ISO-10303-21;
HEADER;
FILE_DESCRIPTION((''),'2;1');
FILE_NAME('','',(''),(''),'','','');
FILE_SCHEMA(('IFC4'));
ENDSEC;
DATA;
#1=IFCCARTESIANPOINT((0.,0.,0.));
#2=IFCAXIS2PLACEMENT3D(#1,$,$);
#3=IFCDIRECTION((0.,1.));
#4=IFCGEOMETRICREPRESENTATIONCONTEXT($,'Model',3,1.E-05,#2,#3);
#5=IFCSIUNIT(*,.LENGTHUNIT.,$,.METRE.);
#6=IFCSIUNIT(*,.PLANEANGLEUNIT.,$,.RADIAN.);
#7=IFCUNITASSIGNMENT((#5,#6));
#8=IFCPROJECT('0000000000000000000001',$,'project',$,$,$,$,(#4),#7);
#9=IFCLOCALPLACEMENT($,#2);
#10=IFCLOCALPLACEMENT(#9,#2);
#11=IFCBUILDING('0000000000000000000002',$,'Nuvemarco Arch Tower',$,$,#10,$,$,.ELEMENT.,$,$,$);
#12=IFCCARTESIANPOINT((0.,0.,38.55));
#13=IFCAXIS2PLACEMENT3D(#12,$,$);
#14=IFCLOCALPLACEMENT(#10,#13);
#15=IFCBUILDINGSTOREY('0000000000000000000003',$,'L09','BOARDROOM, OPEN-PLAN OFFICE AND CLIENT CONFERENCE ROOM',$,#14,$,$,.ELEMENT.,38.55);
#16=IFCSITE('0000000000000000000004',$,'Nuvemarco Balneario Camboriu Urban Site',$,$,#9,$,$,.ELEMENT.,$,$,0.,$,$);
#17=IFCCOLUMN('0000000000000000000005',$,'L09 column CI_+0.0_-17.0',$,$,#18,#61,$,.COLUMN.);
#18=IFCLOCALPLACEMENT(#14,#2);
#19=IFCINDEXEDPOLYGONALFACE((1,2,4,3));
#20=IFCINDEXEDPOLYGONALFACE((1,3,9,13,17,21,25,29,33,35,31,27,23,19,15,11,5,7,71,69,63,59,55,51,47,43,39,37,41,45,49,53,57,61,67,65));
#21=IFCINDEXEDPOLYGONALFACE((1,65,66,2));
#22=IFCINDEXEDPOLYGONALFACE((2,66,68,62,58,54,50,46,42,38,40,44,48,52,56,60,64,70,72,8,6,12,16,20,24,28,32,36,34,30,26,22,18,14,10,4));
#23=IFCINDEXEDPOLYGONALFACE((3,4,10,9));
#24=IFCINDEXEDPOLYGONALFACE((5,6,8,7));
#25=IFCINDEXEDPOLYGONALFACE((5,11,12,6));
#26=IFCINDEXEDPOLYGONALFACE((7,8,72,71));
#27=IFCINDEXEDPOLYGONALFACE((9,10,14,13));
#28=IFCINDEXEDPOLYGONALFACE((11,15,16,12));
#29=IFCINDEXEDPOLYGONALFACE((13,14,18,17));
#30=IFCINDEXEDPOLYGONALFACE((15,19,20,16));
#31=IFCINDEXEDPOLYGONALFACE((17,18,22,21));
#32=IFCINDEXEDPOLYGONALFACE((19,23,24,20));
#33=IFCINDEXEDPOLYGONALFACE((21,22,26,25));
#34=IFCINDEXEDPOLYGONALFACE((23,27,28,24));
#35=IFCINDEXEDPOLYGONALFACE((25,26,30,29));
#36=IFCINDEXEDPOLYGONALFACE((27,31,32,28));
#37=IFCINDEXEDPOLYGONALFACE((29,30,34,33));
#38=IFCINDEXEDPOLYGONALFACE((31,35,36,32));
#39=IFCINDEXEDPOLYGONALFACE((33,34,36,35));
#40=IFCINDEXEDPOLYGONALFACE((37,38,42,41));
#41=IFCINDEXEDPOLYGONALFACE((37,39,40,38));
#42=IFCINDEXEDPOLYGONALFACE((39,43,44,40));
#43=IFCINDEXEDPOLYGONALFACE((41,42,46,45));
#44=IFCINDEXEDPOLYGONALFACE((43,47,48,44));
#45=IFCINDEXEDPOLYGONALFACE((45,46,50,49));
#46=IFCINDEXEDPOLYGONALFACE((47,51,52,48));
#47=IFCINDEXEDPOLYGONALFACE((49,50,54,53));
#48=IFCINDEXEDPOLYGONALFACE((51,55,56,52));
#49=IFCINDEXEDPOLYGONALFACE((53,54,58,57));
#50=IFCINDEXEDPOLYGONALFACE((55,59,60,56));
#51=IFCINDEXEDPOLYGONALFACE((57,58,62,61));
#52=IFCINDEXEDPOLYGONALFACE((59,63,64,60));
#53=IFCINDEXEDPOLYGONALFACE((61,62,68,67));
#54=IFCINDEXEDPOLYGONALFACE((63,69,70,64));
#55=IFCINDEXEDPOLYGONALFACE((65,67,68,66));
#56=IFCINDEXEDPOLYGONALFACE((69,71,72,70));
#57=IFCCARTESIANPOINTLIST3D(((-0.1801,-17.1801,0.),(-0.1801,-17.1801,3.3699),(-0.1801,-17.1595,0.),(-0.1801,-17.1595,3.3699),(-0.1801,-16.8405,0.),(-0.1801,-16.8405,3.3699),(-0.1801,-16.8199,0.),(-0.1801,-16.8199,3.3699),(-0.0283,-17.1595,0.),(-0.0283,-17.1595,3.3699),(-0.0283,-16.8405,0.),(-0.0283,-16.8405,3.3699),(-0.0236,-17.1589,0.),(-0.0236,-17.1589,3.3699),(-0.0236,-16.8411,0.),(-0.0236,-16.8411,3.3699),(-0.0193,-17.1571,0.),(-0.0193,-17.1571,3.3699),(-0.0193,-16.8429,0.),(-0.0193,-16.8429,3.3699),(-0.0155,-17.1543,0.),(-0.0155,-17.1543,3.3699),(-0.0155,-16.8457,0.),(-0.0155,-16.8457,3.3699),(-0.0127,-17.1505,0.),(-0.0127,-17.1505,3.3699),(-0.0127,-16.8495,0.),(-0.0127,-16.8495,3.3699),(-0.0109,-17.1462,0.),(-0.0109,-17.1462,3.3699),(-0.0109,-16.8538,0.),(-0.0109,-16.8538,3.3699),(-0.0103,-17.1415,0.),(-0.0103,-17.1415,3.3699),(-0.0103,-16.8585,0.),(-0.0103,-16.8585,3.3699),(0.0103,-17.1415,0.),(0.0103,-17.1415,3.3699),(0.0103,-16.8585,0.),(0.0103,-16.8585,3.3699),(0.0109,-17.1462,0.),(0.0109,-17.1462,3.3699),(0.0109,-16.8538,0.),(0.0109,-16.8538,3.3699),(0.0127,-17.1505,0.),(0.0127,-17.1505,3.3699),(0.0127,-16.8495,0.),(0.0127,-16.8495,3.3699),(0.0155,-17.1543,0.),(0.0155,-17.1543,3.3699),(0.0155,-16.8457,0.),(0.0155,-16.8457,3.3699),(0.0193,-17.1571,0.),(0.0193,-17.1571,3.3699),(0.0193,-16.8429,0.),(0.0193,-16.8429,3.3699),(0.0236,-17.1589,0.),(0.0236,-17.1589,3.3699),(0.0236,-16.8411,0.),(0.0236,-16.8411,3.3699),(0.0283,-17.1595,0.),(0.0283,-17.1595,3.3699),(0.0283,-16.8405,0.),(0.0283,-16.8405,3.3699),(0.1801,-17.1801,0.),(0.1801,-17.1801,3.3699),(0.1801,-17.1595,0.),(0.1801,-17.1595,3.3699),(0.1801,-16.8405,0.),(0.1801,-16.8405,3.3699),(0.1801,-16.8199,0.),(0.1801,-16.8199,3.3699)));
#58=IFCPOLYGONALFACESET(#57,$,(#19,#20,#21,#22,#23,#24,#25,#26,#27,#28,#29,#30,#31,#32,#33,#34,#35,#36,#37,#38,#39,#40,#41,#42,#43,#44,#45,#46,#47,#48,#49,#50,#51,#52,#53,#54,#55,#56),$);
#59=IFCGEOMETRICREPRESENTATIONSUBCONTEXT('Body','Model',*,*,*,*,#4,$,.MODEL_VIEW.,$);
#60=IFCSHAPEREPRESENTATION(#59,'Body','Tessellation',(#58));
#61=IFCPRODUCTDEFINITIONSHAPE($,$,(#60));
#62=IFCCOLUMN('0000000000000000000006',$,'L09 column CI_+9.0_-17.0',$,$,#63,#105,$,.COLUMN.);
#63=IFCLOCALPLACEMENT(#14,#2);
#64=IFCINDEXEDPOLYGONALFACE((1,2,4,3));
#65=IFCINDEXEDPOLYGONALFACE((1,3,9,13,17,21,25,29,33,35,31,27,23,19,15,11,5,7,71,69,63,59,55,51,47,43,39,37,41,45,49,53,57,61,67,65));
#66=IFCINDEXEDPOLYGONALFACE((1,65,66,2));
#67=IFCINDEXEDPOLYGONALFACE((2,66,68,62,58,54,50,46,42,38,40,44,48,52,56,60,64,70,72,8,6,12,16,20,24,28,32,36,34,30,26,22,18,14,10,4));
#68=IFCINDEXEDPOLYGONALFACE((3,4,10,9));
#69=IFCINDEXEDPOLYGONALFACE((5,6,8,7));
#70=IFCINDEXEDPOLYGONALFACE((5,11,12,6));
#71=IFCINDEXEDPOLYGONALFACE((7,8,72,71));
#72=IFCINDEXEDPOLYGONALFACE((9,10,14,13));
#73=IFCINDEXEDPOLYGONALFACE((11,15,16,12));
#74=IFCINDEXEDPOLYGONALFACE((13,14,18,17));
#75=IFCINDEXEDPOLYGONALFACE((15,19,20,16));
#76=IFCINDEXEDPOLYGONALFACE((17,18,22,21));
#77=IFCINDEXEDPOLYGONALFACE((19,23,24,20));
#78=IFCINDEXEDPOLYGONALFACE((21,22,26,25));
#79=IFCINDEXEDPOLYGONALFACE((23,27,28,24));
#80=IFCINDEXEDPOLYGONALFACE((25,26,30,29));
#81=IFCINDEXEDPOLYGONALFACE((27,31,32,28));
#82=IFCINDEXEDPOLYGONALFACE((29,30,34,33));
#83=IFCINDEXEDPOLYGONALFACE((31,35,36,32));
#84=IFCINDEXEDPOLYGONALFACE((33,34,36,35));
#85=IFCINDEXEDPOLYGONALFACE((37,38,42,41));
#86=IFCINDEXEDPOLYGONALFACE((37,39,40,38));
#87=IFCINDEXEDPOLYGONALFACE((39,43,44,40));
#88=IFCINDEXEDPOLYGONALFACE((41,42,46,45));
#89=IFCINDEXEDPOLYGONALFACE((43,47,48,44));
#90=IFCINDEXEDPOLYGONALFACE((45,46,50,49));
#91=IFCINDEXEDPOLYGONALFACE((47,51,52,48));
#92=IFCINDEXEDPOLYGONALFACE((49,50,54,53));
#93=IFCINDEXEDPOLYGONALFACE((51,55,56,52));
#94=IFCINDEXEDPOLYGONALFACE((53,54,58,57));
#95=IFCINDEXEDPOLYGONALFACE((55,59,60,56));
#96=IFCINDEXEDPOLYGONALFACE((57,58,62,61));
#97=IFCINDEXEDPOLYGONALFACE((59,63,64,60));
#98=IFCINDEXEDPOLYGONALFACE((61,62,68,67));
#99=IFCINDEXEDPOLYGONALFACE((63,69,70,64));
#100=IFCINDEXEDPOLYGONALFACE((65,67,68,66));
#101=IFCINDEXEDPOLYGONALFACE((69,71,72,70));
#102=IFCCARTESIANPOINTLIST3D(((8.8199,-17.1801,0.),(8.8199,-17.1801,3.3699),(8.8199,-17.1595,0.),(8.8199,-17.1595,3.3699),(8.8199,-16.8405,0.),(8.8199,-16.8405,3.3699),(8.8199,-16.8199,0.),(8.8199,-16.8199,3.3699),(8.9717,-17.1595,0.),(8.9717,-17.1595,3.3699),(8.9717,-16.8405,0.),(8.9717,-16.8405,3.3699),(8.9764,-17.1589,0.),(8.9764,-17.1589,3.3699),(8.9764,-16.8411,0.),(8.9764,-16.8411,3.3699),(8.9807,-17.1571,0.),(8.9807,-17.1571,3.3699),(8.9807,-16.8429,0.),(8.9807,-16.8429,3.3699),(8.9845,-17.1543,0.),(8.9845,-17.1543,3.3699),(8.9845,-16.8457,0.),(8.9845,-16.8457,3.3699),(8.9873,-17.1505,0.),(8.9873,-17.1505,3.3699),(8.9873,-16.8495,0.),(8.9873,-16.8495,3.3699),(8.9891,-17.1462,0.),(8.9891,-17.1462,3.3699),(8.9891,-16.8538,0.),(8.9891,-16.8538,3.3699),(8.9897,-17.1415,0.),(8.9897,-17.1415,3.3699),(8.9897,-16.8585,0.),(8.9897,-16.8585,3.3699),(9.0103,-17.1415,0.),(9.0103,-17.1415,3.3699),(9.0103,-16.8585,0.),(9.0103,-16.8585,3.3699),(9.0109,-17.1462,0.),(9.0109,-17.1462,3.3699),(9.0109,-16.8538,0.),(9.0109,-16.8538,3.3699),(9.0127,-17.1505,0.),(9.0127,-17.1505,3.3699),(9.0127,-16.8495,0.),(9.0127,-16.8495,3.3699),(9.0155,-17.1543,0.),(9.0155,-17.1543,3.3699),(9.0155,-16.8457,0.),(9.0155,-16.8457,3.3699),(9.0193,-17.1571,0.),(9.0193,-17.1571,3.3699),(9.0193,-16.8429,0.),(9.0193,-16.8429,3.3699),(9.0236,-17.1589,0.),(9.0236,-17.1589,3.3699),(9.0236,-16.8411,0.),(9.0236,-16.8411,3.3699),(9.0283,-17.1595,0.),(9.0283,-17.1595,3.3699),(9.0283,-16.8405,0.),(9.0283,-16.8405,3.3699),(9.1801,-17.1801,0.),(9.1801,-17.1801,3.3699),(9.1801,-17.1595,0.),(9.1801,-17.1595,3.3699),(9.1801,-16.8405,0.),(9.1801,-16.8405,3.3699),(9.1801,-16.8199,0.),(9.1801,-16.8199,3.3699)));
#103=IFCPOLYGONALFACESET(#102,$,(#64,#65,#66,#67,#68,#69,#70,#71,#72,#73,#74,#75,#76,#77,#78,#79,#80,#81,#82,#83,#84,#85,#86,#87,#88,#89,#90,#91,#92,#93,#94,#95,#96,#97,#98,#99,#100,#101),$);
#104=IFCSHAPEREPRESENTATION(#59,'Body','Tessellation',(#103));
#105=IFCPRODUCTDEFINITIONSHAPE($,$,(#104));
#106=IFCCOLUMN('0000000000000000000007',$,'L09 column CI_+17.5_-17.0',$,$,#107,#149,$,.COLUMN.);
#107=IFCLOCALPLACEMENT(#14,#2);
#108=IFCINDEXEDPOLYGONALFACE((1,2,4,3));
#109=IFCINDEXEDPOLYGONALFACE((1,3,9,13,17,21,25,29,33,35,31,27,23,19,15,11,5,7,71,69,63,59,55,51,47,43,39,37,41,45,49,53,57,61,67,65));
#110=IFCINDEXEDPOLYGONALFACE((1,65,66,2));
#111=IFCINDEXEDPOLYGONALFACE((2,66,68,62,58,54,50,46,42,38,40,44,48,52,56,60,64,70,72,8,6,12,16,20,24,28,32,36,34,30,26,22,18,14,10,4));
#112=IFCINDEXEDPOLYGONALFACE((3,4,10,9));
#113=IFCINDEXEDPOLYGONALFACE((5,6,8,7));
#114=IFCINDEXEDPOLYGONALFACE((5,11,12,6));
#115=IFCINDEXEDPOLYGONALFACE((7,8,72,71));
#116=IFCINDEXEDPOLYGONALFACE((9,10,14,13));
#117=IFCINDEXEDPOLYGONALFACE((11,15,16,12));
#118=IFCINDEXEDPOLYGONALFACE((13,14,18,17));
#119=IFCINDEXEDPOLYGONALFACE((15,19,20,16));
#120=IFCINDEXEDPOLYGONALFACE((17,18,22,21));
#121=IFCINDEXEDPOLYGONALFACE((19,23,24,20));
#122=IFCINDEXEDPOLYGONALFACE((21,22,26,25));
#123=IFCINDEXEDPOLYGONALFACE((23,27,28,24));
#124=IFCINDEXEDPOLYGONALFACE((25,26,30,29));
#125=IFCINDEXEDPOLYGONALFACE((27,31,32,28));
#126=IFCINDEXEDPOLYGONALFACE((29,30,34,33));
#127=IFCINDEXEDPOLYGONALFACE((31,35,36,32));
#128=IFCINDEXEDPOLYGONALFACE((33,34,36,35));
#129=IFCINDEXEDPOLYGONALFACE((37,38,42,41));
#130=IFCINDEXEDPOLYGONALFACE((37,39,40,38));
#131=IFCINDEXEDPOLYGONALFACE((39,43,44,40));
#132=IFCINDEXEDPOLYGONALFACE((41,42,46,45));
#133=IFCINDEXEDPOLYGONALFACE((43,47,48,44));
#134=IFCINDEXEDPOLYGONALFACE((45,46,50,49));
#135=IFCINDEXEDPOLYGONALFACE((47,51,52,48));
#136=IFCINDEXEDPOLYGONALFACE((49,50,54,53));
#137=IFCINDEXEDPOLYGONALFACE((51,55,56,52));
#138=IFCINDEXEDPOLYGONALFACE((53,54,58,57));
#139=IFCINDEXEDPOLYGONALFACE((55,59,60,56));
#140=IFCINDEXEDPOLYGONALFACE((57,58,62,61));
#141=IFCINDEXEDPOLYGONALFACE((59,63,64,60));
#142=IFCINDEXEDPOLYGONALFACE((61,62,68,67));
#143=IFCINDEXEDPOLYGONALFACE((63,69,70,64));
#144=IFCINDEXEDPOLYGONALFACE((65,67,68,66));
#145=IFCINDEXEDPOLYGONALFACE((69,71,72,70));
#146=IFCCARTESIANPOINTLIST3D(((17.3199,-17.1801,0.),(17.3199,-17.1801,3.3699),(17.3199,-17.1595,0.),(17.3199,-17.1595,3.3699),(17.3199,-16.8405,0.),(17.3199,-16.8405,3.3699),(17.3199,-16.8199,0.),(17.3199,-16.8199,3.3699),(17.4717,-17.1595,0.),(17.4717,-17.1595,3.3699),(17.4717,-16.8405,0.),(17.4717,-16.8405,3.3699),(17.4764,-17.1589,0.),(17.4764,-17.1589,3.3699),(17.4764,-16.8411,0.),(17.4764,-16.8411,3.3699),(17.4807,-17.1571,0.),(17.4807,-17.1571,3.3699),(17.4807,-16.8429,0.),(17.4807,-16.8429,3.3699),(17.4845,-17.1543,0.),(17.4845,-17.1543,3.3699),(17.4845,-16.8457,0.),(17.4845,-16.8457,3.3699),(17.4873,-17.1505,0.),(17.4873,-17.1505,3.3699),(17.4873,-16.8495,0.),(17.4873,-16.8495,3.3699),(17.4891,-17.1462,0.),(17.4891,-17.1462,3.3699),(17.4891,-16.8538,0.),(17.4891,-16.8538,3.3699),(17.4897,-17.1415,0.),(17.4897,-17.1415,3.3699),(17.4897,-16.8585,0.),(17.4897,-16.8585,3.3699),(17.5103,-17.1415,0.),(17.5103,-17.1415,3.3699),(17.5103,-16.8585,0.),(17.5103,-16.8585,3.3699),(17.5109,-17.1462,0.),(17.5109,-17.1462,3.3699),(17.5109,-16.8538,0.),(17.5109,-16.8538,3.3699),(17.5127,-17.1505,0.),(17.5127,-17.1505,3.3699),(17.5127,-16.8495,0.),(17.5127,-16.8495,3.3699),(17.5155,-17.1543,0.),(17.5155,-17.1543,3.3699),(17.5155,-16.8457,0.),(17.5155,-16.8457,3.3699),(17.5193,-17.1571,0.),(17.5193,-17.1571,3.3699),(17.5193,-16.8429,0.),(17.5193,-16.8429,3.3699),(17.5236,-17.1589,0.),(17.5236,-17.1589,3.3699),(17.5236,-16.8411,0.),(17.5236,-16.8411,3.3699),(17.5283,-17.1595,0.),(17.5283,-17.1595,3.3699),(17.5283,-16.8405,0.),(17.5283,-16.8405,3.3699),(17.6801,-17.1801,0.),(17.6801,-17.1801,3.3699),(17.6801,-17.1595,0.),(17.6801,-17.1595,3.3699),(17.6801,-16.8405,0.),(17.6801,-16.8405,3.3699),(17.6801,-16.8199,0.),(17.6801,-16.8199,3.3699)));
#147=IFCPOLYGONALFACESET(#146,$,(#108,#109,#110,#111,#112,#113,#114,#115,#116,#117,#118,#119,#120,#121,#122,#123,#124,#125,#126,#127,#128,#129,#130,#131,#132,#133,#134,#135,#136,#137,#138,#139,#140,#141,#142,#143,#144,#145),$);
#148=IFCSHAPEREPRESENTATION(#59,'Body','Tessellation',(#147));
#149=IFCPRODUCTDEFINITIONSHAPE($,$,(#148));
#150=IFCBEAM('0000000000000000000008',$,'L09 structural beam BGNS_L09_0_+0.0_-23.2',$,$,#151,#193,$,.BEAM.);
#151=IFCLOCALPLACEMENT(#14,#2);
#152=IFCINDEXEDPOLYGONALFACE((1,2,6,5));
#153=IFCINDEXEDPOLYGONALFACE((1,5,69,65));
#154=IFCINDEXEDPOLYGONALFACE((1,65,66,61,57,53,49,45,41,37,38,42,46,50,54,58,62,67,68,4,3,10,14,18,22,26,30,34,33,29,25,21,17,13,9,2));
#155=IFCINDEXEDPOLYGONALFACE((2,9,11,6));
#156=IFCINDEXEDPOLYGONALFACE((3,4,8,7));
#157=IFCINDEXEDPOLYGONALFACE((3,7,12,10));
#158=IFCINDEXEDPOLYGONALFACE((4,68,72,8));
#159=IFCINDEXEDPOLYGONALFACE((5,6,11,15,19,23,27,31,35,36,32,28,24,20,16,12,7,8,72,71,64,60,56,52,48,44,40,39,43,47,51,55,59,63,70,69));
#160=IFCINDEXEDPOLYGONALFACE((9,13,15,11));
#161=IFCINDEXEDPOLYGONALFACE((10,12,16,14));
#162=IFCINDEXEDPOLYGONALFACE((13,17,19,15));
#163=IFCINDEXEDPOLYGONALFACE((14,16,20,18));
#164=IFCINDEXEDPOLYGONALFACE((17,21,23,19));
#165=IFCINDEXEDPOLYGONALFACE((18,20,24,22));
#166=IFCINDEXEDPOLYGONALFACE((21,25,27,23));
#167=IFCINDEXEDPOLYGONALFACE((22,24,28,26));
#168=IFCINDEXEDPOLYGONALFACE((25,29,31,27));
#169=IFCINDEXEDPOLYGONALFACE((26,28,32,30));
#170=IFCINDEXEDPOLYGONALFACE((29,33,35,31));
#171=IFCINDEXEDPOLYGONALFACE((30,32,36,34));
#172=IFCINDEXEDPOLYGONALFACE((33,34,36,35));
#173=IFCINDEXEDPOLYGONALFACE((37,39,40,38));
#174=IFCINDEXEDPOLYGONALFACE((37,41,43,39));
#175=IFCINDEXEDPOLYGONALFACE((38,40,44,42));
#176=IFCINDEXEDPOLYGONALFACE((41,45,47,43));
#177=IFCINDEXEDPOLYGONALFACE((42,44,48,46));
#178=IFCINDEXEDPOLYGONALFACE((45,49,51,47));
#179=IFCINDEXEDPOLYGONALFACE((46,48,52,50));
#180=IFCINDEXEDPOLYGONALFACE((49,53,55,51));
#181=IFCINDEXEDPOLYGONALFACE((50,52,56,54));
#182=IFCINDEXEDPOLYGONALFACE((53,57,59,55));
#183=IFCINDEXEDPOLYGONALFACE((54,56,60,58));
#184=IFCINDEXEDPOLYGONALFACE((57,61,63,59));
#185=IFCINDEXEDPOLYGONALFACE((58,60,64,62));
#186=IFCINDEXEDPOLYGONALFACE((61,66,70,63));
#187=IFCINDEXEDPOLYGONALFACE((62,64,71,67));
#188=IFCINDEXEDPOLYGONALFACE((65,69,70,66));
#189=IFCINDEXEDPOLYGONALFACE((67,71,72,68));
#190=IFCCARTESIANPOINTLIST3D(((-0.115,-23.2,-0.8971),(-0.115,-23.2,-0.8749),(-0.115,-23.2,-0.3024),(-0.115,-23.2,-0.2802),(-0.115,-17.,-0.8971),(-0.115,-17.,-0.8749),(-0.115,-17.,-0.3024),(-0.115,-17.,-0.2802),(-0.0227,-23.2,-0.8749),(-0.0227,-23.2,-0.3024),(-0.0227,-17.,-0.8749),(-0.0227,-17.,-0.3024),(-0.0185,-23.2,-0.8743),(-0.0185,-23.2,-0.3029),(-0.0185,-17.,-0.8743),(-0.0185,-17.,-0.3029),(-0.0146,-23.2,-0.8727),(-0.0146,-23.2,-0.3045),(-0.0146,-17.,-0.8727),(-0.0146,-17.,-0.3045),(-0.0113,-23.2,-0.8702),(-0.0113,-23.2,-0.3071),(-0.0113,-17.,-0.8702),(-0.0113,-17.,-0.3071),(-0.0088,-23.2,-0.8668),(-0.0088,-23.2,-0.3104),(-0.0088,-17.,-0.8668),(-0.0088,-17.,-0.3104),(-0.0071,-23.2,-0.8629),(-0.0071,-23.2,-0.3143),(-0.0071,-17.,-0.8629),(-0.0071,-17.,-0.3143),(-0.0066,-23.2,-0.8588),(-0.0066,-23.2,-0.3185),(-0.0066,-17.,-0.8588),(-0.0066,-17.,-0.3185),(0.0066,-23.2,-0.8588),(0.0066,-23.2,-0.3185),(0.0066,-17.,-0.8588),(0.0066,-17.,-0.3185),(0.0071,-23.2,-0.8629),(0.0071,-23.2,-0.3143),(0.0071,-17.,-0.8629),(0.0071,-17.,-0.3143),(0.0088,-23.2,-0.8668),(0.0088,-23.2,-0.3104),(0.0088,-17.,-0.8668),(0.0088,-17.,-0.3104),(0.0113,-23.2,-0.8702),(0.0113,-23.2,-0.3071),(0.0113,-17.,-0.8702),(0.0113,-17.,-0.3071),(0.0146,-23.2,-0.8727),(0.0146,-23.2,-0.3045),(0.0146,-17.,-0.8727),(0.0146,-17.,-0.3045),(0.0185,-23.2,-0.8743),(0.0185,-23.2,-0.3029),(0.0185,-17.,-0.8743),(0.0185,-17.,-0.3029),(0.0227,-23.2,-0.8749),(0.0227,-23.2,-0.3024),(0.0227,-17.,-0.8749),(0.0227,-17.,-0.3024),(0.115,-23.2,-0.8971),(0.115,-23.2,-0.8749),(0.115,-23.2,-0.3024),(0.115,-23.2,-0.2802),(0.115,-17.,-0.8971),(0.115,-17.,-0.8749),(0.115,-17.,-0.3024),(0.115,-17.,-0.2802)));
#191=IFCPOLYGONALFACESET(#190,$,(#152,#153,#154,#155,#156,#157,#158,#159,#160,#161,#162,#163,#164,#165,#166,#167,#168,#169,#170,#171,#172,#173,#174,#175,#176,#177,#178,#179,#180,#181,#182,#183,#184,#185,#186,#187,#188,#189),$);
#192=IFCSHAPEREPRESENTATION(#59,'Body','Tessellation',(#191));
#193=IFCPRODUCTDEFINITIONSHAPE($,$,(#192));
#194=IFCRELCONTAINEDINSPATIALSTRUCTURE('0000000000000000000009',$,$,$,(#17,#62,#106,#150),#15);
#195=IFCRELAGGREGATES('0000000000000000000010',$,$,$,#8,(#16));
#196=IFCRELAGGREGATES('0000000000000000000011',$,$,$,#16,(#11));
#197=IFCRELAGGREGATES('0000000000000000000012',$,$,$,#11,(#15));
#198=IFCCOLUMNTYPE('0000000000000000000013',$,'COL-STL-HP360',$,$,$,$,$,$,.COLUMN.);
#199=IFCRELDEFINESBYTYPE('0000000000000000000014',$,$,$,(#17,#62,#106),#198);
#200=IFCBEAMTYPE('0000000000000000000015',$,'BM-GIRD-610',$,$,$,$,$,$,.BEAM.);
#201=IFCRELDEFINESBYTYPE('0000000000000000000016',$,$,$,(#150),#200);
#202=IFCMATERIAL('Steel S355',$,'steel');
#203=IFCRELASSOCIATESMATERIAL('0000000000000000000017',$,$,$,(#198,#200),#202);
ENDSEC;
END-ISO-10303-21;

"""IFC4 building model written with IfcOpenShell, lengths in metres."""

from ifc_helpers import new_model, si_unit, direction, frame, origin, origin_2d, place, context, subcontext, project, spatial, i_section, extrude, material, material_profile, profile_set, type_object, element, save


model = new_model("IFC4")

# Units and contexts
model_context = context("Model", 3, precision=1e-05, world=origin(), true_north=direction((0.0, 1.0)))
body_context = subcontext(model_context, "Body", "Model", "MODEL_VIEW")
ifc_project = project(units=[si_unit("LENGTHUNIT", "METRE"), si_unit("PLANEANGLEUNIT", "RADIAN")], contexts=[model_context])

# Site, building, storey
site_placement = place(None, origin())
site = spatial("IfcSite", under=ifc_project, at=site_placement, Name="Nuvemarco Balneario Camboriu Urban Site", CompositionType="ELEMENT", RefElevation=0.0)
building_placement = place(site_placement, origin())
building = spatial("IfcBuilding", under=site, at=building_placement, Name="Nuvemarco Arch Tower", CompositionType="ELEMENT")
storey_placement = place(building_placement, frame((0.0, 0.0, 38.55)))
storey = spatial("IfcBuildingStorey", under=building, at=storey_placement, Name="L09", Description="BOARDROOM, OPEN-PLAN OFFICE AND CLIENT CONFERENCE ROOM", CompositionType="ELEMENT", Elevation=38.55)

# Columns
ifc_material_1 = material(Name="Steel S355", Category="steel")
ifc_material_profile_1 = material_profile(ifc_material_1, i_section(OverallWidth=0.3601, OverallDepth=0.3601, WebThickness=0.0205, FlangeThickness=0.0205, FilletRadius=0.0181, at=origin_2d()), Name="HP360x174")
ifc_profile_set_1 = profile_set([ifc_material_profile_1], Name="Steel S355")
column_type_1 = type_object("IfcColumnType", Name="COL-STL-HP360", PredefinedType="COLUMN", material=ifc_profile_set_1)
for number, where, z_axis, x_axis, name in (
    (1, (0.0, -17.0, 0.0), (0.0, 0.0, 1.0), (1.0, 0.0, 0.0), "L09 column CI_+0.0_-17.0"),
    (2, (9.0, -17.0, 0.0), (0.0, 0.0, 1.0), (1.0, 0.0, 0.0), "L09 column CI_+9.0_-17.0"),
    (3, (17.5, -17.0, 0.0), (0.0, 0.0, 1.0), (1.0, 0.0, 0.0), "L09 column CI_+17.5_-17.0"),
):
    element("IfcColumn", number, at=place(storey_placement, frame(where, z_axis=z_axis, x_axis=x_axis)), inside=storey, type_object=column_type_1, Name=name, PredefinedType="COLUMN", context=body_context, shape_type="SweptSolid", body=[
        extrude(i_section(OverallWidth=0.3601, OverallDepth=0.3601, WebThickness=0.0205, FlangeThickness=0.0205, FilletRadius=0.0181, at=origin_2d()), origin(), (0.0, 0.0, 1.0), 3.3699),
    ])

# Beam
ifc_material_profile_2 = material_profile(ifc_material_1, i_section(OverallWidth=0.23, OverallDepth=0.6169, WebThickness=0.0132, FlangeThickness=0.0222, FilletRadius=0.0161, at=origin_2d()), Name="W610x140")
ifc_profile_set_2 = profile_set([ifc_material_profile_2], Name="Steel S355")
beam_type_1 = type_object("IfcBeamType", Name="BM-GIRD-610", PredefinedType="BEAM", material=ifc_profile_set_2)
beam_1_placement = place(storey_placement, frame((0.0, -23.2, -0.5886), z_axis=(0.0, 1.0, 0.0), x_axis=(-1.0, 0.0, 0.0)))
element("IfcBeam", 4, at=beam_1_placement, inside=storey, type_object=beam_type_1, Name="L09 structural beam BGNS_L09_0_+0.0_-23.2", PredefinedType="BEAM", context=body_context, shape_type="SweptSolid", body=[
    extrude(i_section(OverallWidth=0.23, OverallDepth=0.6169, WebThickness=0.0132, FlangeThickness=0.0222, FilletRadius=0.0161, at=origin_2d()), origin(), (0.0, 0.0, 1.0), 6.2),
])

save(model, "model.ifc")
